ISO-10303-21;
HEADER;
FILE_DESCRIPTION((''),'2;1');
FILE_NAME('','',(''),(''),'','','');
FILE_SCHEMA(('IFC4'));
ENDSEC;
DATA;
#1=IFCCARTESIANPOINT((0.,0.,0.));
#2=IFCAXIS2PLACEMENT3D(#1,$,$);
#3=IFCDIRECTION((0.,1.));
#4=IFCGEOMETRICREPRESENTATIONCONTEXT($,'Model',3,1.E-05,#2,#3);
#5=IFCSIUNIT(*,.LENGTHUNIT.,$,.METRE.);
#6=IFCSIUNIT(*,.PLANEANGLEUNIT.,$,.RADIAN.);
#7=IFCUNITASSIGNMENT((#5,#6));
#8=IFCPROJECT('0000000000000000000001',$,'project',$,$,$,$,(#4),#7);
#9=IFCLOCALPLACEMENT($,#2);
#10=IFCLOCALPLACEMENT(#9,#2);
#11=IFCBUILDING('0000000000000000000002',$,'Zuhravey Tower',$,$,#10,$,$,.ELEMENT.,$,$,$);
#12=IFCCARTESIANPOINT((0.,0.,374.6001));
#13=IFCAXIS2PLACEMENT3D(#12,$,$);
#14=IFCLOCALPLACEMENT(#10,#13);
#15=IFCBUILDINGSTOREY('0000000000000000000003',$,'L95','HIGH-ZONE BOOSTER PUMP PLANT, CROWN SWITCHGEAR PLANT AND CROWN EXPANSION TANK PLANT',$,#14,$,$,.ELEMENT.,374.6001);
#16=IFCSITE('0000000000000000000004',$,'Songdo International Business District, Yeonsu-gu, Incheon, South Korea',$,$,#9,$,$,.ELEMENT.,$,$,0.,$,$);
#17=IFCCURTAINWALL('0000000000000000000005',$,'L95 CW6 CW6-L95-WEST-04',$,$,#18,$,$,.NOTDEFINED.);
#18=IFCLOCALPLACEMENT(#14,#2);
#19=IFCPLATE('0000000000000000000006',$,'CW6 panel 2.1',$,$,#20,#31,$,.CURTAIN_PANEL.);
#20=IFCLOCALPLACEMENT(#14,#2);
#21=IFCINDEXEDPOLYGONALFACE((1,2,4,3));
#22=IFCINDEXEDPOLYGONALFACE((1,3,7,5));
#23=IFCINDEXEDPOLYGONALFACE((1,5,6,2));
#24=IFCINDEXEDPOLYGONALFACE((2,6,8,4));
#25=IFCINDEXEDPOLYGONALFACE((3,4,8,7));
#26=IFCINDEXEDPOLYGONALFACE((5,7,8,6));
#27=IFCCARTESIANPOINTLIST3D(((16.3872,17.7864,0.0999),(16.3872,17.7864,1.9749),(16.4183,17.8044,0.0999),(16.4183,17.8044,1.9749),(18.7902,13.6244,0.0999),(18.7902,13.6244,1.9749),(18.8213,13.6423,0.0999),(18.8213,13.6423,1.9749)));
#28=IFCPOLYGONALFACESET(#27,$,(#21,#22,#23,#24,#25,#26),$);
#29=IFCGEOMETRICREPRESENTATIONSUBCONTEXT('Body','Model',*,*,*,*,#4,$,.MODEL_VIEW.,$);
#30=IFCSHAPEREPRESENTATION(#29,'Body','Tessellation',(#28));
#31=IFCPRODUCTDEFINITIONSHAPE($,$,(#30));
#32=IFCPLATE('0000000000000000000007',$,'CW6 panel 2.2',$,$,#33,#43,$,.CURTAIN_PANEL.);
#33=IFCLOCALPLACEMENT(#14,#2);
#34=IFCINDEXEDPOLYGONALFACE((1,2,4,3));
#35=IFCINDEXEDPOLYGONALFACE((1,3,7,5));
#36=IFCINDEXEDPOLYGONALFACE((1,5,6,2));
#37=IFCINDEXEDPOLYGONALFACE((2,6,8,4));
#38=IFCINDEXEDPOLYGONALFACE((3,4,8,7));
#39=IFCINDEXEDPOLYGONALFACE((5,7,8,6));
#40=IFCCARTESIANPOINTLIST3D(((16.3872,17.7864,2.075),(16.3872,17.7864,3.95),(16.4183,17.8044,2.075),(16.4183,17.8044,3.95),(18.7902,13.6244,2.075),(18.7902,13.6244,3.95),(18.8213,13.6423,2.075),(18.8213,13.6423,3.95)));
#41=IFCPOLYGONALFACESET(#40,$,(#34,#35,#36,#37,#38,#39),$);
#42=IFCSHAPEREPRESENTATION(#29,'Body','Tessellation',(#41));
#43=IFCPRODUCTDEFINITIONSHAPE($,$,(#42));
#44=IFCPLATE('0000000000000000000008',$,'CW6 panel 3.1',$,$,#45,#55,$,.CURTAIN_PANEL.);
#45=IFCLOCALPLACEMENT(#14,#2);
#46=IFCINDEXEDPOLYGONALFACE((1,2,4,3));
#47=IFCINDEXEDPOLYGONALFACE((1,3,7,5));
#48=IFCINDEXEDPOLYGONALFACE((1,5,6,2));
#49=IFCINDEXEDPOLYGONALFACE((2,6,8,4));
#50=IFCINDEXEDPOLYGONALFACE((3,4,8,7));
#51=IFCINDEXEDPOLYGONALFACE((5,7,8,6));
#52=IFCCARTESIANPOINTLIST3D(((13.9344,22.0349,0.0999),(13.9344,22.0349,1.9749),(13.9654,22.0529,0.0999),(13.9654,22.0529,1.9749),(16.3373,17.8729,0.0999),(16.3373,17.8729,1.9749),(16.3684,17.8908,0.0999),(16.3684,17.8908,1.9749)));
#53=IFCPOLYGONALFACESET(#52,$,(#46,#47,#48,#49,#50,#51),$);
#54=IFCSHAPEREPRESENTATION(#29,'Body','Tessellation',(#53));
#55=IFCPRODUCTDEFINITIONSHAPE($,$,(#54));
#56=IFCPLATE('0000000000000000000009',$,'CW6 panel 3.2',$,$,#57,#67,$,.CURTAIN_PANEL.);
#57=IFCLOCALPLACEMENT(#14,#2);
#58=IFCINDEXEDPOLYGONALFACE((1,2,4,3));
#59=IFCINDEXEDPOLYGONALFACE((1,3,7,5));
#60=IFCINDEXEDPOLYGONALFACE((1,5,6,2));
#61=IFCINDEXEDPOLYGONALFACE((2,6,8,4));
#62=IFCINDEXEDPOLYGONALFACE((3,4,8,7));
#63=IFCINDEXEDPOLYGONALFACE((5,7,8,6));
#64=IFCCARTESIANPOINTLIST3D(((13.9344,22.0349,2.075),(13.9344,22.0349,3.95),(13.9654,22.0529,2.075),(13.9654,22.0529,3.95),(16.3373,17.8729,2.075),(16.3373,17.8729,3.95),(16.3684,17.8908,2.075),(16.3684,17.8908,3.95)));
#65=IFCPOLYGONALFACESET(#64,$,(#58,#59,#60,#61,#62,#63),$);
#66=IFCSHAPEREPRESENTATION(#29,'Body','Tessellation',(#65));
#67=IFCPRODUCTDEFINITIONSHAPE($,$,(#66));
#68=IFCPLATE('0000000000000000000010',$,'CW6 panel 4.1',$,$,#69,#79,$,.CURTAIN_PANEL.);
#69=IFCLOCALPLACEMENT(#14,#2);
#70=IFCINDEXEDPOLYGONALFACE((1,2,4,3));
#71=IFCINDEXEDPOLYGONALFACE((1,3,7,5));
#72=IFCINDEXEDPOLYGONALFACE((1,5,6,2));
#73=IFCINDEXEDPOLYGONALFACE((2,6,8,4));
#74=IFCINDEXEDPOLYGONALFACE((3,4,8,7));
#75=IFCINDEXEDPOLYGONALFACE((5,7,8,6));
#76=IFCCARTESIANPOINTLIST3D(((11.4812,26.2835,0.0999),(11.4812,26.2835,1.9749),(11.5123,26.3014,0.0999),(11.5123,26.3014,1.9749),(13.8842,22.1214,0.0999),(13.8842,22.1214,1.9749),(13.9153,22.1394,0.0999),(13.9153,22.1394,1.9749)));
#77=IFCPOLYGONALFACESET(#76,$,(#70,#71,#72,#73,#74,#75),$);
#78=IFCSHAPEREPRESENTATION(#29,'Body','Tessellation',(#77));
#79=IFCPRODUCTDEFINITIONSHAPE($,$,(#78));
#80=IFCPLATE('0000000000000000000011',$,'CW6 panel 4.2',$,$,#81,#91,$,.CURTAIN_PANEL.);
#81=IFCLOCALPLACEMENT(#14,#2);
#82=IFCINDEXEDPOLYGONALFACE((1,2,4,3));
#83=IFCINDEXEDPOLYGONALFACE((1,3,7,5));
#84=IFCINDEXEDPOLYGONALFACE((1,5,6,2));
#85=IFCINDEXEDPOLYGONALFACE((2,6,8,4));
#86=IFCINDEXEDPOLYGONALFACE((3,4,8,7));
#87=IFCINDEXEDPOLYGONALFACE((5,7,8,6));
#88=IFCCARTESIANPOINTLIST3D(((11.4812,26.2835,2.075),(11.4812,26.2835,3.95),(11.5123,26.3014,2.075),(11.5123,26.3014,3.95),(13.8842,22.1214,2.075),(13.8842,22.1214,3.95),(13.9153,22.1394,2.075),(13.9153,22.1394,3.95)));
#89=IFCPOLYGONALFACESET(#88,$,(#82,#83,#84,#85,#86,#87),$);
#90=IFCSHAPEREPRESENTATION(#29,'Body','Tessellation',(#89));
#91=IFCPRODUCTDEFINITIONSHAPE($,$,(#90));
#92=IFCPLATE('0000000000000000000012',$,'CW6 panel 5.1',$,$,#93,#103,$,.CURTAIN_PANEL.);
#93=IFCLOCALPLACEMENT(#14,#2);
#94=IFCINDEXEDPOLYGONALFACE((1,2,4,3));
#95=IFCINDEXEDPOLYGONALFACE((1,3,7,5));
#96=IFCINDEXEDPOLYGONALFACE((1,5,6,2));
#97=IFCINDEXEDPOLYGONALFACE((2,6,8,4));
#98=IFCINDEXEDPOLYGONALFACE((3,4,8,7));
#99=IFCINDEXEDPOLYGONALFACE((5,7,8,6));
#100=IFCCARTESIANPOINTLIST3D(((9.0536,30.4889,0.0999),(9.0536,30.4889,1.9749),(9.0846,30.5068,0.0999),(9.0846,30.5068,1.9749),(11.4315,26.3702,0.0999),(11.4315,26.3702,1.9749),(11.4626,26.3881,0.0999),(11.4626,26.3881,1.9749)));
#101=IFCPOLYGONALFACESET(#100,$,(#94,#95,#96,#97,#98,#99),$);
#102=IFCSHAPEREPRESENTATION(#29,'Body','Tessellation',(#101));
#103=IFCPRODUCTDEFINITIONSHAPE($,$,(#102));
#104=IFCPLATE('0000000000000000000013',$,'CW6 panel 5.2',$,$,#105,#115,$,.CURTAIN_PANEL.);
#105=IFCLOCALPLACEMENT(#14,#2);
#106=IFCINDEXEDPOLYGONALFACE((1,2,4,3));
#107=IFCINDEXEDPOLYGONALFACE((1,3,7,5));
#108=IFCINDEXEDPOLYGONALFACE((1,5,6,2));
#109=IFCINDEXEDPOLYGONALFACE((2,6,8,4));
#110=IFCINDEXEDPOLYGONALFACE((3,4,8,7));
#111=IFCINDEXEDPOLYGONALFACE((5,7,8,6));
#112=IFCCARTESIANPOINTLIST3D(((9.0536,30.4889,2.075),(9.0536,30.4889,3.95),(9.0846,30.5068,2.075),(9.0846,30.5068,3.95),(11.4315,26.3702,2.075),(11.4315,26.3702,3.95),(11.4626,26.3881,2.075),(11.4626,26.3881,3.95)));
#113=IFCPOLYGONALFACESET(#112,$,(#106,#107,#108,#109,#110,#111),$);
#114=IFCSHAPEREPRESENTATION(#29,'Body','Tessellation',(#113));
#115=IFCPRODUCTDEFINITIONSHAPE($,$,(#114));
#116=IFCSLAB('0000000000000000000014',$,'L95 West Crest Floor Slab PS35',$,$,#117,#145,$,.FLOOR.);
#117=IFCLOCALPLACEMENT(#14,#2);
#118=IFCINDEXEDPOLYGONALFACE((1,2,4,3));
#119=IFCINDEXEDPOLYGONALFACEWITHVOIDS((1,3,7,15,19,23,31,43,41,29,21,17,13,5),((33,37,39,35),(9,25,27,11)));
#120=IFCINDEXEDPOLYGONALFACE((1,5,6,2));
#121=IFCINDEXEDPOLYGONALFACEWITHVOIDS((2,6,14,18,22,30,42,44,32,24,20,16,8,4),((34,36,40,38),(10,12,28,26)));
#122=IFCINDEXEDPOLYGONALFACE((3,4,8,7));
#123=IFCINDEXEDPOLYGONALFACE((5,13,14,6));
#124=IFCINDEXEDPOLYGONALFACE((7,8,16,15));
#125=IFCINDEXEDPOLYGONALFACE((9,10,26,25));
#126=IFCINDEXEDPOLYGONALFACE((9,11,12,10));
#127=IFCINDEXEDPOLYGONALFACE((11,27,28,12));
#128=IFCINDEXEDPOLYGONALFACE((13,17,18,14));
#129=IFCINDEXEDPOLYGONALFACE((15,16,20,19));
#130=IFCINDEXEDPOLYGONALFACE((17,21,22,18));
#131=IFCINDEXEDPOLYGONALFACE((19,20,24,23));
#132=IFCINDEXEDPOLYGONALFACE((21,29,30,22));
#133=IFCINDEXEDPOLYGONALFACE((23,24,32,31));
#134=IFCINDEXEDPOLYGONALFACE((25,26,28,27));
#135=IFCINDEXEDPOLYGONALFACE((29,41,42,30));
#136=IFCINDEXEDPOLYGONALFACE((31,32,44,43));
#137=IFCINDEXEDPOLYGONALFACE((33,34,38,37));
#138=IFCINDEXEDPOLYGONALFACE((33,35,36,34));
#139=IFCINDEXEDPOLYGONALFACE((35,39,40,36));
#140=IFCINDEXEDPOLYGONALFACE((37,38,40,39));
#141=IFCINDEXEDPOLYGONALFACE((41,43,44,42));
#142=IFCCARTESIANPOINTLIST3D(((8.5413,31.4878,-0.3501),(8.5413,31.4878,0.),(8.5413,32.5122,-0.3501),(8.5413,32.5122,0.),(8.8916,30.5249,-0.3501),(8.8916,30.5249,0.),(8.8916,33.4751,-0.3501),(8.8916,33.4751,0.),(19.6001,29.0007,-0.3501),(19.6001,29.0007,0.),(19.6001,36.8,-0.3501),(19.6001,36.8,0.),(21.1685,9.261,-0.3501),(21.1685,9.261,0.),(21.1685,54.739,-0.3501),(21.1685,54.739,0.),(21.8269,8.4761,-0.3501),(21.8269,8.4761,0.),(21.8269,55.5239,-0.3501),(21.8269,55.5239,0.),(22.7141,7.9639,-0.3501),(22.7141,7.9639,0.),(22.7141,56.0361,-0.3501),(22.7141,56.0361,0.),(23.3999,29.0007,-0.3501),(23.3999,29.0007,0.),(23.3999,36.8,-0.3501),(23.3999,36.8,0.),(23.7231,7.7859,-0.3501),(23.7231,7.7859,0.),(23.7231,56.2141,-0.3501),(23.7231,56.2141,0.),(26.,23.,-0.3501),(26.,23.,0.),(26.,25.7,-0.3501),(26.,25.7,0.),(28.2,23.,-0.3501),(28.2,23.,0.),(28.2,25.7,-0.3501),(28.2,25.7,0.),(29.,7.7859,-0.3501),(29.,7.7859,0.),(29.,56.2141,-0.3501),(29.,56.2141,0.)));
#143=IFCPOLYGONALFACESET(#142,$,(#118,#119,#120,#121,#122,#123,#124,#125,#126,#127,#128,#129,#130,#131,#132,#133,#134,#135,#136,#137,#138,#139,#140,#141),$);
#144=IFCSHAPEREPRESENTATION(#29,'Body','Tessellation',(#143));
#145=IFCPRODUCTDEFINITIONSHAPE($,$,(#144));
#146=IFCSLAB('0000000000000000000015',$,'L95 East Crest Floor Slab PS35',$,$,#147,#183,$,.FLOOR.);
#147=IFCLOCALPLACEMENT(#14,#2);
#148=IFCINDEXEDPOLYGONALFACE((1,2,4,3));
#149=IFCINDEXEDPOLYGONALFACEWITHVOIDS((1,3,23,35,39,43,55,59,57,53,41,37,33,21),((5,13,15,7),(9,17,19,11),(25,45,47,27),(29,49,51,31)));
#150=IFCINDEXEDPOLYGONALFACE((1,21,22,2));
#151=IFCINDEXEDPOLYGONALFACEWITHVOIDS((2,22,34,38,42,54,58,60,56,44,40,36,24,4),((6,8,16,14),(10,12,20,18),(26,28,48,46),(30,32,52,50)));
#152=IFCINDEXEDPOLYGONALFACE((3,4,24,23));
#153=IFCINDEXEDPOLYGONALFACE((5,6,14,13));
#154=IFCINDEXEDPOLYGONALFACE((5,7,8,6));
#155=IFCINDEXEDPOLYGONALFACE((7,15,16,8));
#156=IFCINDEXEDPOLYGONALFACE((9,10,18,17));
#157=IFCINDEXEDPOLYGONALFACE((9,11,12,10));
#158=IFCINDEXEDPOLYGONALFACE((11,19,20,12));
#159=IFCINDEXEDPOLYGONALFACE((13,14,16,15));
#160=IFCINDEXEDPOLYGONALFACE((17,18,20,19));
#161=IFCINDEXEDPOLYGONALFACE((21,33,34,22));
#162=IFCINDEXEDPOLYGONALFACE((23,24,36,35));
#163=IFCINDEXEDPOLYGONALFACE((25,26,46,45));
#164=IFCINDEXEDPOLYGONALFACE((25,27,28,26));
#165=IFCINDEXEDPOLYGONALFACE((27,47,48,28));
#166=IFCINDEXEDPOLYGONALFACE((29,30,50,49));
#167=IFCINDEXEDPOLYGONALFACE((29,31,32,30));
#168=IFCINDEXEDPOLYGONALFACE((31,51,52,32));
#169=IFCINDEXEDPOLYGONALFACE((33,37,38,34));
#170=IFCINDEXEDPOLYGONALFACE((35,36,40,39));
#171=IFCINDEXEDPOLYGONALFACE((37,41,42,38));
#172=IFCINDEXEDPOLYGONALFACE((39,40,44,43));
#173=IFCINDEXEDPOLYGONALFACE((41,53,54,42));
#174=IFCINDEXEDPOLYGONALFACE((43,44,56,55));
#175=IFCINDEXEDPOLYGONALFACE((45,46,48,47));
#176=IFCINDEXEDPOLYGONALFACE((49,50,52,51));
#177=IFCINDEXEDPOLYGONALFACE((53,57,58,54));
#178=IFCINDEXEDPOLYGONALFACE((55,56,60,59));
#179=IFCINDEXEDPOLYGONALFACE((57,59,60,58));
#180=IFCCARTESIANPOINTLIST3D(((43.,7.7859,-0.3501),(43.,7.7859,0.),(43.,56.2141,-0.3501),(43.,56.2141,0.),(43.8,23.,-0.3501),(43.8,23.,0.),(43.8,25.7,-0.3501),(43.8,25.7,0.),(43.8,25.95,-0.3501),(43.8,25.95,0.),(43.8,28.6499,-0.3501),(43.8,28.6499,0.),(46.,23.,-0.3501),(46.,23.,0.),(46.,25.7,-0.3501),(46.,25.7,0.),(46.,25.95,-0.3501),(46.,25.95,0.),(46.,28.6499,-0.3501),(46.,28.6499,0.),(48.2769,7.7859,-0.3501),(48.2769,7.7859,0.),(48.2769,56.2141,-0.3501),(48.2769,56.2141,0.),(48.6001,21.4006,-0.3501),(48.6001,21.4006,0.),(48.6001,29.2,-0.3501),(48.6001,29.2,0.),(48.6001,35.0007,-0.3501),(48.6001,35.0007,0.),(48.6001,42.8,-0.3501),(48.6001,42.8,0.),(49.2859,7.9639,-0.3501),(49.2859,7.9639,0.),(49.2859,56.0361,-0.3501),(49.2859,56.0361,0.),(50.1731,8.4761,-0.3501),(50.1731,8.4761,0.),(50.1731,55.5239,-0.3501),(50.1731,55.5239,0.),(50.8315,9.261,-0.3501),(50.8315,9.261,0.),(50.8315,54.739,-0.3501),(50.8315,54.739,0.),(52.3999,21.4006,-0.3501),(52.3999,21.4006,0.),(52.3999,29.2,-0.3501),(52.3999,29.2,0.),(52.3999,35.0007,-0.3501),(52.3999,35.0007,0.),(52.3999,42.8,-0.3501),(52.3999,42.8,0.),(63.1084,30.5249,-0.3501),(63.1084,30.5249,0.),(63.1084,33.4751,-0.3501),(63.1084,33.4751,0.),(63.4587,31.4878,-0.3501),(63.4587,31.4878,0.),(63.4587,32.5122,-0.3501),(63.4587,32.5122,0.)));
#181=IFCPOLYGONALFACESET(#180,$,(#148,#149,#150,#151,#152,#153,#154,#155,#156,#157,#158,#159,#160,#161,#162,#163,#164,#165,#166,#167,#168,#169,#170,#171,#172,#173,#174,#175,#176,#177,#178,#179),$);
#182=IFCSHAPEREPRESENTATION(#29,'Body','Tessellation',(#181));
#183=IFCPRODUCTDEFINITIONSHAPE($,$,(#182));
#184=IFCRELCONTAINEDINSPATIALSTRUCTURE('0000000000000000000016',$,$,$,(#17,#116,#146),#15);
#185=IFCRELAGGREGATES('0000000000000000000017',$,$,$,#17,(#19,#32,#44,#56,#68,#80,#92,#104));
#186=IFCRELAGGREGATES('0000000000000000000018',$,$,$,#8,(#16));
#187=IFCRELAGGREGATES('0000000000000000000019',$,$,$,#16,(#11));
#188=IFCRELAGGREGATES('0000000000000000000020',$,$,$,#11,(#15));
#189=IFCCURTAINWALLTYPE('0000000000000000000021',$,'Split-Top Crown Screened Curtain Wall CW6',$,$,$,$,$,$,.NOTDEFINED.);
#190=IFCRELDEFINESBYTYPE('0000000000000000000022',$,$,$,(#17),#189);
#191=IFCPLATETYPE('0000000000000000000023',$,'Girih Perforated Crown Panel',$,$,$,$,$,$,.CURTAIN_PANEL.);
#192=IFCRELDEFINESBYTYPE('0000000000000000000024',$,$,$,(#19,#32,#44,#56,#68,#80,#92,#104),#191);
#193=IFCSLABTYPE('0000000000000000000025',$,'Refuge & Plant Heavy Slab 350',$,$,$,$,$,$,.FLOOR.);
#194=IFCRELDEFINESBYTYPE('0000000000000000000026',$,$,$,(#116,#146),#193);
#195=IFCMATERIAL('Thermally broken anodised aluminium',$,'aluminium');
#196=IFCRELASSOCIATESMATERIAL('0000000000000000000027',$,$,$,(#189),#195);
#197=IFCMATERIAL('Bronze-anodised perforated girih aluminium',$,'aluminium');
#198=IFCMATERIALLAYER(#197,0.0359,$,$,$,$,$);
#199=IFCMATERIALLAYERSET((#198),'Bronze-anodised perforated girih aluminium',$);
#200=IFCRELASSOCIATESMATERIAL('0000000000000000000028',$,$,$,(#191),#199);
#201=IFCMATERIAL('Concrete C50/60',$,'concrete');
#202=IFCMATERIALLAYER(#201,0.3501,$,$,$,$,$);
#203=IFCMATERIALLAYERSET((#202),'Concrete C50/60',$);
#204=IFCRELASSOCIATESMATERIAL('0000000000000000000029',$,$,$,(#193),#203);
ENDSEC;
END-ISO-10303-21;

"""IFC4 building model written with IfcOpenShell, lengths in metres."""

from ifc_helpers import new_model, si_unit, direction, frame, origin, origin_2d, place, context, subcontext, project, spatial, polyline, rectangle, outline, extrude, material, layer, layer_set, type_object, element, aggregate, save


model = new_model("IFC4")

# Units and contexts
model_context = context("Model", 3, precision=1e-05, world=origin(), true_north=direction((0.0, 1.0)))
body_context = subcontext(model_context, "Body", "Model", "MODEL_VIEW")
ifc_project = project(units=[si_unit("LENGTHUNIT", "METRE"), si_unit("PLANEANGLEUNIT", "RADIAN")], contexts=[model_context])

# Site, building, storey
site_placement = place(None, origin())
site = spatial("IfcSite", under=ifc_project, at=site_placement, Name="Songdo International Business District, Yeonsu-gu, Incheon, South Korea", CompositionType="ELEMENT", RefElevation=0.0)
building_placement = place(site_placement, origin())
building = spatial("IfcBuilding", under=site, at=building_placement, Name="Zuhravey Tower", CompositionType="ELEMENT")
storey_placement = place(building_placement, frame((0.0, 0.0, 374.6001)))
storey = spatial("IfcBuildingStorey", under=building, at=storey_placement, Name="L95", Description="HIGH-ZONE BOOSTER PUMP PLANT, CROWN SWITCHGEAR PLANT AND CROWN EXPANSION TANK PLANT", CompositionType="ELEMENT", Elevation=374.6001)

# Curtain wall
ifc_material_1 = material(Name="Thermally broken anodised aluminium", Category="aluminium")
curtain_wall_type = type_object("IfcCurtainWallType", Name="Split-Top Crown Screened Curtain Wall CW6", PredefinedType="NOTDEFINED", material=ifc_material_1)
curtain_wall_placement = place(storey_placement, origin())
curtain_wall = element("IfcCurtainWall", 1, at=curtain_wall_placement, inside=storey, type_object=curtain_wall_type, Name="L95 CW6 CW6-L95-WEST-04", PredefinedType="NOTDEFINED")

# Plates
ifc_material_2 = material(Name="Bronze-anodised perforated girih aluminium", Category="aluminium")
ifc_layer_1 = layer(ifc_material_2, 0.0359)
ifc_layer_set_1 = layer_set([ifc_layer_1], Name="Bronze-anodised perforated girih aluminium")
plate_type = type_object("IfcPlateType", Name="Girih Perforated Crown Panel", PredefinedType="CURTAIN_PANEL", material=ifc_layer_set_1)
plate_1_placement = place(storey_placement, frame((17.6042, 15.7144, 0.0999), z_axis=(0.0, 0.0, 1.0), x_axis=(-0.499997, 0.866027, 0.0)))
plate_1 = element("IfcPlate", 2, at=plate_1_placement, type_object=plate_type, Name="CW6 panel 2.1", PredefinedType="CURTAIN_PANEL", context=body_context, shape_type="SweptSolid", body=[
    extrude(rectangle(XDim=4.8059, YDim=0.0359, at=origin_2d()), origin(), (0.0, 0.0, 1.0), 1.875),
])
plate_2_placement = place(storey_placement, frame((17.6042, 15.7144, 2.075), z_axis=(0.0, 0.0, 1.0), x_axis=(-0.499997, 0.866027, 0.0)))
plate_2 = element("IfcPlate", 3, at=plate_2_placement, type_object=plate_type, Name="CW6 panel 2.2", PredefinedType="CURTAIN_PANEL", context=body_context, shape_type="SweptSolid", body=[
    extrude(rectangle(XDim=4.8059, YDim=0.0359, at=origin_2d()), origin(), (0.0, 0.0, 1.0), 1.875),
])
plate_3_placement = place(storey_placement, frame((15.1514, 19.9629, 0.0999), z_axis=(0.0, 0.0, 1.0), x_axis=(-0.499997, 0.866027, 0.0)))
plate_3 = element("IfcPlate", 4, at=plate_3_placement, type_object=plate_type, Name="CW6 panel 3.1", PredefinedType="CURTAIN_PANEL", context=body_context, shape_type="SweptSolid", body=[
    extrude(rectangle(XDim=4.8059, YDim=0.0359, at=origin_2d()), origin(), (0.0, 0.0, 1.0), 1.875),
])
plate_4_placement = place(storey_placement, frame((15.1514, 19.9629, 2.075), z_axis=(0.0, 0.0, 1.0), x_axis=(-0.499997, 0.866027, 0.0)))
plate_4 = element("IfcPlate", 5, at=plate_4_placement, type_object=plate_type, Name="CW6 panel 3.2", PredefinedType="CURTAIN_PANEL", context=body_context, shape_type="SweptSolid", body=[
    extrude(rectangle(XDim=4.8059, YDim=0.0359, at=origin_2d()), origin(), (0.0, 0.0, 1.0), 1.875),
])
plate_5_placement = place(storey_placement, frame((12.6982, 24.2114, 0.0999), z_axis=(0.0, 0.0, 1.0), x_axis=(-0.499997, 0.866027, 0.0)))
plate_5 = element("IfcPlate", 6, at=plate_5_placement, type_object=plate_type, Name="CW6 panel 4.1", PredefinedType="CURTAIN_PANEL", context=body_context, shape_type="SweptSolid", body=[
    extrude(rectangle(XDim=4.8059, YDim=0.0359, at=origin_2d()), origin(), (0.0, 0.0, 1.0), 1.875),
])
plate_6_placement = place(storey_placement, frame((12.6982, 24.2114, 2.075), z_axis=(0.0, 0.0, 1.0), x_axis=(-0.499997, 0.866027, 0.0)))
plate_6 = element("IfcPlate", 7, at=plate_6_placement, type_object=plate_type, Name="CW6 panel 4.2", PredefinedType="CURTAIN_PANEL", context=body_context, shape_type="SweptSolid", body=[
    extrude(rectangle(XDim=4.8059, YDim=0.0359, at=origin_2d()), origin(), (0.0, 0.0, 1.0), 1.875),
])
plate_7_placement = place(storey_placement, frame((10.2581, 28.4385, 0.0999), z_axis=(0.0, 0.0, 1.0), x_axis=(-0.499997, 0.866027, 0.0)))
plate_7 = element("IfcPlate", 8, at=plate_7_placement, type_object=plate_type, Name="CW6 panel 5.1", PredefinedType="CURTAIN_PANEL", context=body_context, shape_type="SweptSolid", body=[
    extrude(rectangle(XDim=4.7559, YDim=0.0359, at=origin_2d()), origin(), (0.0, 0.0, 1.0), 1.875),
])
plate_8_placement = place(storey_placement, frame((10.2581, 28.4385, 2.075), z_axis=(0.0, 0.0, 1.0), x_axis=(-0.499997, 0.866027, 0.0)))
plate_8 = element("IfcPlate", 9, at=plate_8_placement, type_object=plate_type, Name="CW6 panel 5.2", PredefinedType="CURTAIN_PANEL", context=body_context, shape_type="SweptSolid", body=[
    extrude(rectangle(XDim=4.7559, YDim=0.0359, at=origin_2d()), origin(), (0.0, 0.0, 1.0), 1.875),
])
aggregate(curtain_wall, [plate_1, plate_2, plate_3, plate_4, plate_5, plate_6, plate_7, plate_8])

# Slabs
ifc_material_3 = material(Name="Concrete C50/60", Category="concrete")
ifc_layer_2 = layer(ifc_material_3, 0.3501)
ifc_layer_set_2 = layer_set([ifc_layer_2], Name="Concrete C50/60")
slab_type_1 = type_object("IfcSlabType", Name="Refuge & Plant Heavy Slab 350", PredefinedType="FLOOR", material=ifc_layer_set_2)
slab_1_placement = place(storey_placement, frame((0.0, 0.0, -0.3501)))
element("IfcSlab", 10, at=slab_1_placement, inside=storey, type_object=slab_type_1, Name="L95 West Crest Floor Slab PS35", PredefinedType="FLOOR", context=body_context, shape_type="SweptSolid", body=[
    extrude(outline(polyline([(23.7231, 7.7859), (22.7141, 7.9639), (21.8269, 8.4761), (21.1685, 9.261), (8.8916, 30.5249), (8.5413, 31.4878), (8.5413, 32.5122), (8.8916, 33.4751), (21.1685, 54.739), (21.8269, 55.5239), (22.7141, 56.0361), (23.7231, 56.2141), (29.0, 56.2141), (29.0, 7.7859), (23.7231, 7.7859)]), holes=[polyline([(23.3999, 29.0007), (23.3999, 36.8), (19.6001, 36.8), (19.6001, 29.0007), (23.3999, 29.0007)]), polyline([(26.0, 23.0), (28.2, 23.0), (28.2, 25.7), (26.0, 25.7), (26.0, 23.0)])]), origin(), (0.0, 0.0, 1.0), 0.3501),
])
slab_2_placement = place(storey_placement, frame((0.0, 0.0, -0.3501)))
element("IfcSlab", 11, at=slab_2_placement, inside=storey, type_object=slab_type_1, Name="L95 East Crest Floor Slab PS35", PredefinedType="FLOOR", context=body_context, shape_type="SweptSolid", body=[
    extrude(outline(polyline([(48.2769, 56.2141), (49.2859, 56.0361), (50.1731, 55.5239), (50.8315, 54.739), (63.1084, 33.4751), (63.4587, 32.5122), (63.4587, 31.4878), (63.1084, 30.5249), (50.8315, 9.261), (50.1731, 8.4761), (49.2859, 7.9639), (48.2769, 7.7859), (43.0, 7.7859), (43.0, 56.2141), (48.2769, 56.2141)]), holes=[polyline([(52.3999, 21.4006), (52.3999, 29.2), (48.6001, 29.2), (48.6001, 21.4006), (52.3999, 21.4006)]), polyline([(52.3999, 35.0007), (52.3999, 42.8), (48.6001, 42.8), (48.6001, 35.0007), (52.3999, 35.0007)]), polyline([(43.8, 23.0), (46.0, 23.0), (46.0, 25.7), (43.8, 25.7), (43.8, 23.0)]), polyline([(43.8, 25.95), (46.0, 25.95), (46.0, 28.6499), (43.8, 28.6499), (43.8, 25.95)])]), origin(), (0.0, 0.0, 1.0), 0.3501),
])

save(model, "model.ifc")
